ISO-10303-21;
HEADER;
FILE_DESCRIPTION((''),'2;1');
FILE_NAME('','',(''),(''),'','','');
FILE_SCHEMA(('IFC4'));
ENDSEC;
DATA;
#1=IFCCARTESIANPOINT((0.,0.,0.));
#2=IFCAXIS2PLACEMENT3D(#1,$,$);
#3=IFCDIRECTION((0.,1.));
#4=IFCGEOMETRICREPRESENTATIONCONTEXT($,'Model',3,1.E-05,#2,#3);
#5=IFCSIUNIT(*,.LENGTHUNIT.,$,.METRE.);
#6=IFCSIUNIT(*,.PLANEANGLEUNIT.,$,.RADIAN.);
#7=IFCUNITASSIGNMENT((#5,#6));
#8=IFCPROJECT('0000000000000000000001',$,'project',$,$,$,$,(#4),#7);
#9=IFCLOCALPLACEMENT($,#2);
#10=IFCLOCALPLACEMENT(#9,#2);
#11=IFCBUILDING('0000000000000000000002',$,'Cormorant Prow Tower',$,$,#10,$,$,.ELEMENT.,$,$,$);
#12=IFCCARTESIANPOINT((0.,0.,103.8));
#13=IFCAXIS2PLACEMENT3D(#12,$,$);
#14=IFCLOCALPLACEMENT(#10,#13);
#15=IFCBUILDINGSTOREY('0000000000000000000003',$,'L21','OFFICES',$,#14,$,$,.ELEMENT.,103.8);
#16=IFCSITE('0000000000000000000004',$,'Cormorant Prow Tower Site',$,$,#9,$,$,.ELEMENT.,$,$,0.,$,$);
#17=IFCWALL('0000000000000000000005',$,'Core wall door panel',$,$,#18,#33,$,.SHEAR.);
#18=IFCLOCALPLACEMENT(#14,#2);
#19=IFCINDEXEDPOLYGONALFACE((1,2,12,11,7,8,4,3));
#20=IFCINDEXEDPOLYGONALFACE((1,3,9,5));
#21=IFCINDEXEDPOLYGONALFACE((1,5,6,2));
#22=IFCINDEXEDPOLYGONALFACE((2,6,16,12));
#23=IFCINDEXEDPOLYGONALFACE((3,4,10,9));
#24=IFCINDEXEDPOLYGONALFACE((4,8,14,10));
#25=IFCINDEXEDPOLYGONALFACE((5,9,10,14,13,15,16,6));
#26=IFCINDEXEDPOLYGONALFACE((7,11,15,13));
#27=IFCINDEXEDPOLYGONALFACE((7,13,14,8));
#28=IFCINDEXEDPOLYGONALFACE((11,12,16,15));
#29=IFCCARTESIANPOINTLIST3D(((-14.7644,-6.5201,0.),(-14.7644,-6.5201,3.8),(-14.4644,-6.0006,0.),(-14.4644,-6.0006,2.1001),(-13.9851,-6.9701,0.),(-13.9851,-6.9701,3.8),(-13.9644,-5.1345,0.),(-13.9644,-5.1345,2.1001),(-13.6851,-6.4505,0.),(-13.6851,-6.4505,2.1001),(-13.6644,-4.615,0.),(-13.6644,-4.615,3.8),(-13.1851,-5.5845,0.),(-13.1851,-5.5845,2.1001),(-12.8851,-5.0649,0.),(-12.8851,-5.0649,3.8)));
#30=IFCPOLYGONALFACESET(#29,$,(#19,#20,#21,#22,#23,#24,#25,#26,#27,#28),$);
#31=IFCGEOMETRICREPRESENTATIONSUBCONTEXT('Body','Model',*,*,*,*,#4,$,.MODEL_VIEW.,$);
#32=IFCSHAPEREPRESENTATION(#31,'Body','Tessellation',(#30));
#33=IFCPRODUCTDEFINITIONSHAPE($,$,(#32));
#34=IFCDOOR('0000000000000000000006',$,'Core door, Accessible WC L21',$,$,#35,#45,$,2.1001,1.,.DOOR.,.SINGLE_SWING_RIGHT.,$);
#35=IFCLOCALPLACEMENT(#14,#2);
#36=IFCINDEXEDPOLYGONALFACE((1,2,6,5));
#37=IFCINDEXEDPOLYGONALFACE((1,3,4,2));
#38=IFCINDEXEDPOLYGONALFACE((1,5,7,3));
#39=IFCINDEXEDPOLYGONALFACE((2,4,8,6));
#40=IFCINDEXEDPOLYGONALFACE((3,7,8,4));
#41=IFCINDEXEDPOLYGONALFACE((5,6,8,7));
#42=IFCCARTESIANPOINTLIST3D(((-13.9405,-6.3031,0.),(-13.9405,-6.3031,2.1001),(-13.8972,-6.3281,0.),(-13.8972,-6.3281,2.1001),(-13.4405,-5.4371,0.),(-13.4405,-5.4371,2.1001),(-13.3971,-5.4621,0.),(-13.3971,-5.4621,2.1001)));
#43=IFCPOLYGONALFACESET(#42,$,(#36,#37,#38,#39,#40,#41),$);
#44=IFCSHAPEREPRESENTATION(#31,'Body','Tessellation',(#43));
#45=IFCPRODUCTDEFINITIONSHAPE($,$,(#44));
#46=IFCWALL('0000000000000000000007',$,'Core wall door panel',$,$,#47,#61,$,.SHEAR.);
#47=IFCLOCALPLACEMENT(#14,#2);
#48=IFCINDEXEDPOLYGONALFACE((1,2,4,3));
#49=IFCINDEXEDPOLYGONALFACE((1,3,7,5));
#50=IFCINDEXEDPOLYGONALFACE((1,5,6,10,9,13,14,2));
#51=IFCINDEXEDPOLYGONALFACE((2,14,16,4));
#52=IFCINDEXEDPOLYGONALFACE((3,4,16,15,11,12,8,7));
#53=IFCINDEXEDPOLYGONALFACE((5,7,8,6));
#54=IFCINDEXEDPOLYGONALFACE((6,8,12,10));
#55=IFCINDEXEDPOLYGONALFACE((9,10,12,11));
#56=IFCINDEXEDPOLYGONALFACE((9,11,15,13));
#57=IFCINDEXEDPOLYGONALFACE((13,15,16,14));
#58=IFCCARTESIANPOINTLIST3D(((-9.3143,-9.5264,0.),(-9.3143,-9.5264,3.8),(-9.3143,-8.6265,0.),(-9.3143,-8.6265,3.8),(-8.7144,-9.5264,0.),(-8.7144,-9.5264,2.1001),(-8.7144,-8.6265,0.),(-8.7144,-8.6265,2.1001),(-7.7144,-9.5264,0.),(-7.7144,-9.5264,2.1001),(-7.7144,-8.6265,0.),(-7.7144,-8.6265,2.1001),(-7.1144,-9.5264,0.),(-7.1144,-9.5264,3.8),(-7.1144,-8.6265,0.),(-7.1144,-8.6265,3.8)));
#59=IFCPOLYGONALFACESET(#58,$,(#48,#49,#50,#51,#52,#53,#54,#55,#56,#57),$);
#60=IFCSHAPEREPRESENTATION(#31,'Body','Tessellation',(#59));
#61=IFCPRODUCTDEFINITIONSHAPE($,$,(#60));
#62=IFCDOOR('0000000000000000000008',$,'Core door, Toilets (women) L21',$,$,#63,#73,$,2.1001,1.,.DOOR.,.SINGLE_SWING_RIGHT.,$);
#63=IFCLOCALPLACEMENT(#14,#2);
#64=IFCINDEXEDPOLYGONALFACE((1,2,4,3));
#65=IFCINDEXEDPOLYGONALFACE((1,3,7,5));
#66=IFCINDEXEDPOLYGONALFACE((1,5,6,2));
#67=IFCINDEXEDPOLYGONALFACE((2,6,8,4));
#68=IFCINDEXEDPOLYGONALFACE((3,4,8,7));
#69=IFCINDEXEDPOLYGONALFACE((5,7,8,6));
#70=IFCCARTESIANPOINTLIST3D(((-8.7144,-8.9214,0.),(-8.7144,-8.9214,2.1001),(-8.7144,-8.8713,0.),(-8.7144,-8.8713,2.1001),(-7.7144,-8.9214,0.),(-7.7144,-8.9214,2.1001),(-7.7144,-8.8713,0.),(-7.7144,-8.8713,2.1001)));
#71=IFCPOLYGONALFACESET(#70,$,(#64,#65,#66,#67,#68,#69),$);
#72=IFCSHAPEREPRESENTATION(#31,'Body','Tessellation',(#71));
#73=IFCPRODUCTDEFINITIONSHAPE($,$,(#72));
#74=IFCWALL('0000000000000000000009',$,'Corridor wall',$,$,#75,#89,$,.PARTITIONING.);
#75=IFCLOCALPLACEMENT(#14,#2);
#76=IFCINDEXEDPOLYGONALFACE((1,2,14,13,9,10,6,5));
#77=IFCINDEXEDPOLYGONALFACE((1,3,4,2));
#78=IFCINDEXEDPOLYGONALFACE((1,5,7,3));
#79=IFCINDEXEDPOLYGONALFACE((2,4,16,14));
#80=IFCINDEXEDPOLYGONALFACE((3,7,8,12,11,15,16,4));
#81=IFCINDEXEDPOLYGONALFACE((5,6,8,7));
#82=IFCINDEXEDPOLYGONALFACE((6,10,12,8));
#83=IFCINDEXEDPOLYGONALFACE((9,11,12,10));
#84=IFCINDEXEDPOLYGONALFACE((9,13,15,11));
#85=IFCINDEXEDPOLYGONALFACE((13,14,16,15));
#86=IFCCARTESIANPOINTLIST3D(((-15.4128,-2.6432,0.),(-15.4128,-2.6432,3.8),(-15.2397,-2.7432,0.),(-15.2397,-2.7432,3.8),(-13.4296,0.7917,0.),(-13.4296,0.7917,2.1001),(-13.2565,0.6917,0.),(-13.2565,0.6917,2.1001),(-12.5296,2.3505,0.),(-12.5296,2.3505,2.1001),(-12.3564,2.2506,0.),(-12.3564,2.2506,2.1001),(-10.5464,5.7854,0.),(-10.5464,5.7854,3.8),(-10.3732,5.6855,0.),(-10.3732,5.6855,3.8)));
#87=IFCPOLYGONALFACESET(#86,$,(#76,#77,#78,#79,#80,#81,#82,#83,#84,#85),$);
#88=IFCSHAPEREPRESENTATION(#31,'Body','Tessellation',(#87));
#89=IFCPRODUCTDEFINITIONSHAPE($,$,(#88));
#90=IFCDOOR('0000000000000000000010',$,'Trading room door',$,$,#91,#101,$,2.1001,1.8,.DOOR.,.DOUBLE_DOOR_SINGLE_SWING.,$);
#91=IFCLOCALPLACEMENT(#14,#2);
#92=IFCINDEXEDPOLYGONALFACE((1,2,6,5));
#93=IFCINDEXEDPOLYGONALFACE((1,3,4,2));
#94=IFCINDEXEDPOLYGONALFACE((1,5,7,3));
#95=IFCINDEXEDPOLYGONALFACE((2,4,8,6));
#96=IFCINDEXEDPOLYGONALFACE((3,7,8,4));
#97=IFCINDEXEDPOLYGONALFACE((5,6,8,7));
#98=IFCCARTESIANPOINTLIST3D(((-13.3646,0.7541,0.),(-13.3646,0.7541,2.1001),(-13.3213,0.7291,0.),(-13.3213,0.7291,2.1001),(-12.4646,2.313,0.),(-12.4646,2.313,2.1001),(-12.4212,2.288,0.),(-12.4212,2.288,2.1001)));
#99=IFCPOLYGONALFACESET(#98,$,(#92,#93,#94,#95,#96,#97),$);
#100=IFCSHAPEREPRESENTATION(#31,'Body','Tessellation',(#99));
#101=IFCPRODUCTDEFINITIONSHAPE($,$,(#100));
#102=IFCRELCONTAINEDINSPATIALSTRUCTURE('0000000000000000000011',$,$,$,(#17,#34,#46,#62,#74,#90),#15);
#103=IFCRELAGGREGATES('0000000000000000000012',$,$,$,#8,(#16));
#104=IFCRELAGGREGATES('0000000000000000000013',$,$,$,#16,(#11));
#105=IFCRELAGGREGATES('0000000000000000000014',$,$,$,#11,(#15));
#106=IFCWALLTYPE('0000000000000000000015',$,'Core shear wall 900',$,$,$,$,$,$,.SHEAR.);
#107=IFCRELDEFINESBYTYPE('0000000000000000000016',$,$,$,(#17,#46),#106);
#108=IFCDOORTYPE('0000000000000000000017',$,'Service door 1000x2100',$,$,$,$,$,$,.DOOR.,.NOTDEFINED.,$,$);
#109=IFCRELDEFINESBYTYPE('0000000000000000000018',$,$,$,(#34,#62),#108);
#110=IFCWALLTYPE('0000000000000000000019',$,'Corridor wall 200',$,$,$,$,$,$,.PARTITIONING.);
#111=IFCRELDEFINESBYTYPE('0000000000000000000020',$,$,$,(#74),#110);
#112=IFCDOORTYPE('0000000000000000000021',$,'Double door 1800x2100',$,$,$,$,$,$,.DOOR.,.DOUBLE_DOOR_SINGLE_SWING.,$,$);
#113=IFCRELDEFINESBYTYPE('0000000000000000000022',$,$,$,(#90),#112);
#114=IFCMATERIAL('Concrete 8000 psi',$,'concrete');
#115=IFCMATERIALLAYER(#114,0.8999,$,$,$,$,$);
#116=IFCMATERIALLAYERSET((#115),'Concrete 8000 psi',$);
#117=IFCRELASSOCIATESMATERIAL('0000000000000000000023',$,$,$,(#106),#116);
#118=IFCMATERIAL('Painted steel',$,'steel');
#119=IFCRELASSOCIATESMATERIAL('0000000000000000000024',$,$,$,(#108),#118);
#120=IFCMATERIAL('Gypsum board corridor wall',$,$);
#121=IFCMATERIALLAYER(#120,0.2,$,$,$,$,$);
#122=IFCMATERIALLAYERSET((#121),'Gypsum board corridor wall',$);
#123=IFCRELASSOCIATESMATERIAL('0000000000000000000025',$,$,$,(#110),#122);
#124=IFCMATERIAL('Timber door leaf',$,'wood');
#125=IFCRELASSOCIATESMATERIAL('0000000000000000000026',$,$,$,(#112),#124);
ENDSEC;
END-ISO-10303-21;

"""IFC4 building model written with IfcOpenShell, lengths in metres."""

from ifc_helpers import new_model, si_unit, direction, frame, frame_2d, origin, place, context, subcontext, project, spatial, rectangle, extrude, material, layer, layer_set, type_object, element, fill, save


model = new_model("IFC4")

# Units and contexts
model_context = context("Model", 3, precision=1e-05, world=origin(), true_north=direction((0.0, 1.0)))
body_context = subcontext(model_context, "Body", "Model", "MODEL_VIEW")
ifc_project = project(units=[si_unit("LENGTHUNIT", "METRE"), si_unit("PLANEANGLEUNIT", "RADIAN")], contexts=[model_context])

# Site, building, storey
site_placement = place(None, origin())
site = spatial("IfcSite", under=ifc_project, at=site_placement, Name="Cormorant Prow Tower Site", CompositionType="ELEMENT", RefElevation=0.0)
building_placement = place(site_placement, origin())
building = spatial("IfcBuilding", under=site, at=building_placement, Name="Cormorant Prow Tower", CompositionType="ELEMENT")
storey_placement = place(building_placement, frame((0.0, 0.0, 103.8)))
storey = spatial("IfcBuildingStorey", under=building, at=storey_placement, Name="L21", Description="OFFICES", CompositionType="ELEMENT", Elevation=103.8)

# Shared definitions
ifc_material_1 = material(Name="Concrete 8000 psi", Category="concrete")
ifc_layer_1 = layer(ifc_material_1, 0.8999)
ifc_layer_set_1 = layer_set([ifc_layer_1], Name="Concrete 8000 psi")
wall_type_1 = type_object("IfcWallType", Name="Core shear wall 900", PredefinedType="SHEAR", material=ifc_layer_set_1)

# Walls, openings, doors
ifc_material_2 = material(Name="Painted steel", Category="steel")
door_type_1 = type_object("IfcDoorType", Name="Service door 1000x2100", OperationType="NOTDEFINED", PredefinedType="DOOR", material=ifc_material_2)
wall_1_placement = place(storey_placement, frame((-13.2747, -4.8398, 0.0), z_axis=(0.0, 0.0, 1.0), x_axis=(-0.50003, -0.866008, 0.0)))
wall_1 = element("IfcWall", 1, at=wall_1_placement, inside=storey, type_object=wall_type_1, Name="Core wall door panel", PredefinedType="SHEAR", context=body_context, shape_type="SweptSolid", body=[
    extrude(rectangle(XDim=2.2, YDim=0.8999, at=frame_2d((1.1001, 0.0))), origin(), (0.0, 0.0, 1.0), 3.8),
])
opening_1_placement = place(wall_1_placement, frame((0.6001, 0.0, 0.0)))
opening_1 = element("IfcOpeningElement", 2, at=opening_1_placement, cuts=wall_1, PredefinedType="OPENING", context=body_context, shape_type="SweptSolid", body=[
    extrude(rectangle(XDim=1.0, YDim=2.1001, at=frame_2d((0.5, 1.05))), frame((0.0, 0.46, 0.0), z_axis=(0.0, -1.0, 0.0), x_axis=(1.0, 0.0, 0.0)), (0.0, 0.0, 1.0), 0.9199),
])
door_1_placement = place(opening_1_placement, origin())
door_1 = element("IfcDoor", 3, at=door_1_placement, inside=storey, type_object=door_type_1, Name="Core door, Accessible WC L21", OperationType="SINGLE_SWING_RIGHT", OverallHeight=2.1001, OverallWidth=1.0, PredefinedType="DOOR", context=body_context, shape_type="SweptSolid", body=[
    extrude(rectangle(XDim=1.0, YDim=2.1001, at=frame_2d((0.5, 1.05))), frame((0.0, 0.2051, 0.0), z_axis=(0.0, -1.0, 0.0), x_axis=(1.0, 0.0, 0.0)), (0.0, 0.0, 1.0), 0.05),
])
fill(opening_1, door_1)
wall_2_placement = place(storey_placement, frame((-9.3145, -9.0764, 0.0), z_axis=(0.0, 0.0, 1.0), x_axis=(1.0, 0.0, 0.0)))
wall_2 = element("IfcWall", 4, at=wall_2_placement, inside=storey, type_object=wall_type_1, Name="Core wall door panel", PredefinedType="SHEAR", context=body_context, shape_type="SweptSolid", body=[
    extrude(rectangle(XDim=2.2, YDim=0.8999, at=frame_2d((1.1001, 0.0))), origin(), (0.0, 0.0, 1.0), 3.8),
])
opening_2_placement = place(wall_2_placement, frame((0.6001, 0.0, 0.0)))
opening_2 = element("IfcOpeningElement", 5, at=opening_2_placement, cuts=wall_2, PredefinedType="OPENING", context=body_context, shape_type="SweptSolid", body=[
    extrude(rectangle(XDim=1.0, YDim=2.1001, at=frame_2d((0.5, 1.05))), frame((0.0, 0.46, 0.0), z_axis=(0.0, -1.0, 0.0), x_axis=(1.0, 0.0, 0.0)), (0.0, 0.0, 1.0), 0.9199),
])
door_2_placement = place(opening_2_placement, origin())
door_2 = element("IfcDoor", 6, at=door_2_placement, inside=storey, type_object=door_type_1, Name="Core door, Toilets (women) L21", OperationType="SINGLE_SWING_RIGHT", OverallHeight=2.1001, OverallWidth=1.0, PredefinedType="DOOR", context=body_context, shape_type="SweptSolid", body=[
    extrude(rectangle(XDim=1.0, YDim=2.1001, at=frame_2d((0.5, 1.05))), frame((0.0, 0.2051, 0.0), z_axis=(0.0, -1.0, 0.0), x_axis=(1.0, 0.0, 0.0)), (0.0, 0.0, 1.0), 0.05),
])
fill(opening_2, door_2)
ifc_material_3 = material(Name="Gypsum board corridor wall")
ifc_layer_2 = layer(ifc_material_3, 0.2)
ifc_layer_set_2 = layer_set([ifc_layer_2], Name="Gypsum board corridor wall")
wall_type_2 = type_object("IfcWallType", Name="Corridor wall 200", PredefinedType="PARTITIONING", material=ifc_layer_set_2)
wall_3_placement = place(storey_placement, frame((-15.3262, -2.6931, 0.0), z_axis=(0.0, 0.0, 1.0), x_axis=(0.500011, 0.866019, 0.0)))
wall_3 = element("IfcWall", 7, at=wall_3_placement, inside=storey, type_object=wall_type_2, Name="Corridor wall", PredefinedType="PARTITIONING", context=body_context, shape_type="SweptSolid", body=[
    extrude(rectangle(XDim=9.7327, YDim=0.2, at=frame_2d((4.8662, 0.0))), origin(), (0.0, 0.0, 1.0), 3.8),
])
opening_3_placement = place(wall_3_placement, frame((3.9663, 0.0, 0.0)))
opening_3 = element("IfcOpeningElement", 8, at=opening_3_placement, cuts=wall_3, PredefinedType="OPENING", context=body_context, shape_type="SweptSolid", body=[
    extrude(rectangle(XDim=1.8, YDim=2.1001, at=frame_2d((0.8999, 1.05))), frame((0.0, 0.1099, 0.0), z_axis=(0.0, -1.0, 0.0), x_axis=(1.0, 0.0, 0.0)), (0.0, 0.0, 1.0), 0.22),
])
ifc_material_4 = material(Name="Timber door leaf", Category="wood")
door_type_2 = type_object("IfcDoorType", Name="Double door 1800x2100", OperationType="DOUBLE_DOOR_SINGLE_SWING", PredefinedType="DOOR", material=ifc_material_4)
door_3_placement = place(opening_3_placement, origin())
door_3 = element("IfcDoor", 9, at=door_3_placement, inside=storey, type_object=door_type_2, Name="Trading room door", OperationType="DOUBLE_DOOR_SINGLE_SWING", OverallHeight=2.1001, OverallWidth=1.8, PredefinedType="DOOR", context=body_context, shape_type="SweptSolid", body=[
    extrude(rectangle(XDim=1.8, YDim=2.1001, at=frame_2d((0.8999, 1.05))), frame((0.0, 0.0249, 0.0), z_axis=(0.0, -1.0, 0.0), x_axis=(1.0, 0.0, 0.0)), (0.0, 0.0, 1.0), 0.05),
])
fill(opening_3, door_3)

save(model, "model.ifc")
